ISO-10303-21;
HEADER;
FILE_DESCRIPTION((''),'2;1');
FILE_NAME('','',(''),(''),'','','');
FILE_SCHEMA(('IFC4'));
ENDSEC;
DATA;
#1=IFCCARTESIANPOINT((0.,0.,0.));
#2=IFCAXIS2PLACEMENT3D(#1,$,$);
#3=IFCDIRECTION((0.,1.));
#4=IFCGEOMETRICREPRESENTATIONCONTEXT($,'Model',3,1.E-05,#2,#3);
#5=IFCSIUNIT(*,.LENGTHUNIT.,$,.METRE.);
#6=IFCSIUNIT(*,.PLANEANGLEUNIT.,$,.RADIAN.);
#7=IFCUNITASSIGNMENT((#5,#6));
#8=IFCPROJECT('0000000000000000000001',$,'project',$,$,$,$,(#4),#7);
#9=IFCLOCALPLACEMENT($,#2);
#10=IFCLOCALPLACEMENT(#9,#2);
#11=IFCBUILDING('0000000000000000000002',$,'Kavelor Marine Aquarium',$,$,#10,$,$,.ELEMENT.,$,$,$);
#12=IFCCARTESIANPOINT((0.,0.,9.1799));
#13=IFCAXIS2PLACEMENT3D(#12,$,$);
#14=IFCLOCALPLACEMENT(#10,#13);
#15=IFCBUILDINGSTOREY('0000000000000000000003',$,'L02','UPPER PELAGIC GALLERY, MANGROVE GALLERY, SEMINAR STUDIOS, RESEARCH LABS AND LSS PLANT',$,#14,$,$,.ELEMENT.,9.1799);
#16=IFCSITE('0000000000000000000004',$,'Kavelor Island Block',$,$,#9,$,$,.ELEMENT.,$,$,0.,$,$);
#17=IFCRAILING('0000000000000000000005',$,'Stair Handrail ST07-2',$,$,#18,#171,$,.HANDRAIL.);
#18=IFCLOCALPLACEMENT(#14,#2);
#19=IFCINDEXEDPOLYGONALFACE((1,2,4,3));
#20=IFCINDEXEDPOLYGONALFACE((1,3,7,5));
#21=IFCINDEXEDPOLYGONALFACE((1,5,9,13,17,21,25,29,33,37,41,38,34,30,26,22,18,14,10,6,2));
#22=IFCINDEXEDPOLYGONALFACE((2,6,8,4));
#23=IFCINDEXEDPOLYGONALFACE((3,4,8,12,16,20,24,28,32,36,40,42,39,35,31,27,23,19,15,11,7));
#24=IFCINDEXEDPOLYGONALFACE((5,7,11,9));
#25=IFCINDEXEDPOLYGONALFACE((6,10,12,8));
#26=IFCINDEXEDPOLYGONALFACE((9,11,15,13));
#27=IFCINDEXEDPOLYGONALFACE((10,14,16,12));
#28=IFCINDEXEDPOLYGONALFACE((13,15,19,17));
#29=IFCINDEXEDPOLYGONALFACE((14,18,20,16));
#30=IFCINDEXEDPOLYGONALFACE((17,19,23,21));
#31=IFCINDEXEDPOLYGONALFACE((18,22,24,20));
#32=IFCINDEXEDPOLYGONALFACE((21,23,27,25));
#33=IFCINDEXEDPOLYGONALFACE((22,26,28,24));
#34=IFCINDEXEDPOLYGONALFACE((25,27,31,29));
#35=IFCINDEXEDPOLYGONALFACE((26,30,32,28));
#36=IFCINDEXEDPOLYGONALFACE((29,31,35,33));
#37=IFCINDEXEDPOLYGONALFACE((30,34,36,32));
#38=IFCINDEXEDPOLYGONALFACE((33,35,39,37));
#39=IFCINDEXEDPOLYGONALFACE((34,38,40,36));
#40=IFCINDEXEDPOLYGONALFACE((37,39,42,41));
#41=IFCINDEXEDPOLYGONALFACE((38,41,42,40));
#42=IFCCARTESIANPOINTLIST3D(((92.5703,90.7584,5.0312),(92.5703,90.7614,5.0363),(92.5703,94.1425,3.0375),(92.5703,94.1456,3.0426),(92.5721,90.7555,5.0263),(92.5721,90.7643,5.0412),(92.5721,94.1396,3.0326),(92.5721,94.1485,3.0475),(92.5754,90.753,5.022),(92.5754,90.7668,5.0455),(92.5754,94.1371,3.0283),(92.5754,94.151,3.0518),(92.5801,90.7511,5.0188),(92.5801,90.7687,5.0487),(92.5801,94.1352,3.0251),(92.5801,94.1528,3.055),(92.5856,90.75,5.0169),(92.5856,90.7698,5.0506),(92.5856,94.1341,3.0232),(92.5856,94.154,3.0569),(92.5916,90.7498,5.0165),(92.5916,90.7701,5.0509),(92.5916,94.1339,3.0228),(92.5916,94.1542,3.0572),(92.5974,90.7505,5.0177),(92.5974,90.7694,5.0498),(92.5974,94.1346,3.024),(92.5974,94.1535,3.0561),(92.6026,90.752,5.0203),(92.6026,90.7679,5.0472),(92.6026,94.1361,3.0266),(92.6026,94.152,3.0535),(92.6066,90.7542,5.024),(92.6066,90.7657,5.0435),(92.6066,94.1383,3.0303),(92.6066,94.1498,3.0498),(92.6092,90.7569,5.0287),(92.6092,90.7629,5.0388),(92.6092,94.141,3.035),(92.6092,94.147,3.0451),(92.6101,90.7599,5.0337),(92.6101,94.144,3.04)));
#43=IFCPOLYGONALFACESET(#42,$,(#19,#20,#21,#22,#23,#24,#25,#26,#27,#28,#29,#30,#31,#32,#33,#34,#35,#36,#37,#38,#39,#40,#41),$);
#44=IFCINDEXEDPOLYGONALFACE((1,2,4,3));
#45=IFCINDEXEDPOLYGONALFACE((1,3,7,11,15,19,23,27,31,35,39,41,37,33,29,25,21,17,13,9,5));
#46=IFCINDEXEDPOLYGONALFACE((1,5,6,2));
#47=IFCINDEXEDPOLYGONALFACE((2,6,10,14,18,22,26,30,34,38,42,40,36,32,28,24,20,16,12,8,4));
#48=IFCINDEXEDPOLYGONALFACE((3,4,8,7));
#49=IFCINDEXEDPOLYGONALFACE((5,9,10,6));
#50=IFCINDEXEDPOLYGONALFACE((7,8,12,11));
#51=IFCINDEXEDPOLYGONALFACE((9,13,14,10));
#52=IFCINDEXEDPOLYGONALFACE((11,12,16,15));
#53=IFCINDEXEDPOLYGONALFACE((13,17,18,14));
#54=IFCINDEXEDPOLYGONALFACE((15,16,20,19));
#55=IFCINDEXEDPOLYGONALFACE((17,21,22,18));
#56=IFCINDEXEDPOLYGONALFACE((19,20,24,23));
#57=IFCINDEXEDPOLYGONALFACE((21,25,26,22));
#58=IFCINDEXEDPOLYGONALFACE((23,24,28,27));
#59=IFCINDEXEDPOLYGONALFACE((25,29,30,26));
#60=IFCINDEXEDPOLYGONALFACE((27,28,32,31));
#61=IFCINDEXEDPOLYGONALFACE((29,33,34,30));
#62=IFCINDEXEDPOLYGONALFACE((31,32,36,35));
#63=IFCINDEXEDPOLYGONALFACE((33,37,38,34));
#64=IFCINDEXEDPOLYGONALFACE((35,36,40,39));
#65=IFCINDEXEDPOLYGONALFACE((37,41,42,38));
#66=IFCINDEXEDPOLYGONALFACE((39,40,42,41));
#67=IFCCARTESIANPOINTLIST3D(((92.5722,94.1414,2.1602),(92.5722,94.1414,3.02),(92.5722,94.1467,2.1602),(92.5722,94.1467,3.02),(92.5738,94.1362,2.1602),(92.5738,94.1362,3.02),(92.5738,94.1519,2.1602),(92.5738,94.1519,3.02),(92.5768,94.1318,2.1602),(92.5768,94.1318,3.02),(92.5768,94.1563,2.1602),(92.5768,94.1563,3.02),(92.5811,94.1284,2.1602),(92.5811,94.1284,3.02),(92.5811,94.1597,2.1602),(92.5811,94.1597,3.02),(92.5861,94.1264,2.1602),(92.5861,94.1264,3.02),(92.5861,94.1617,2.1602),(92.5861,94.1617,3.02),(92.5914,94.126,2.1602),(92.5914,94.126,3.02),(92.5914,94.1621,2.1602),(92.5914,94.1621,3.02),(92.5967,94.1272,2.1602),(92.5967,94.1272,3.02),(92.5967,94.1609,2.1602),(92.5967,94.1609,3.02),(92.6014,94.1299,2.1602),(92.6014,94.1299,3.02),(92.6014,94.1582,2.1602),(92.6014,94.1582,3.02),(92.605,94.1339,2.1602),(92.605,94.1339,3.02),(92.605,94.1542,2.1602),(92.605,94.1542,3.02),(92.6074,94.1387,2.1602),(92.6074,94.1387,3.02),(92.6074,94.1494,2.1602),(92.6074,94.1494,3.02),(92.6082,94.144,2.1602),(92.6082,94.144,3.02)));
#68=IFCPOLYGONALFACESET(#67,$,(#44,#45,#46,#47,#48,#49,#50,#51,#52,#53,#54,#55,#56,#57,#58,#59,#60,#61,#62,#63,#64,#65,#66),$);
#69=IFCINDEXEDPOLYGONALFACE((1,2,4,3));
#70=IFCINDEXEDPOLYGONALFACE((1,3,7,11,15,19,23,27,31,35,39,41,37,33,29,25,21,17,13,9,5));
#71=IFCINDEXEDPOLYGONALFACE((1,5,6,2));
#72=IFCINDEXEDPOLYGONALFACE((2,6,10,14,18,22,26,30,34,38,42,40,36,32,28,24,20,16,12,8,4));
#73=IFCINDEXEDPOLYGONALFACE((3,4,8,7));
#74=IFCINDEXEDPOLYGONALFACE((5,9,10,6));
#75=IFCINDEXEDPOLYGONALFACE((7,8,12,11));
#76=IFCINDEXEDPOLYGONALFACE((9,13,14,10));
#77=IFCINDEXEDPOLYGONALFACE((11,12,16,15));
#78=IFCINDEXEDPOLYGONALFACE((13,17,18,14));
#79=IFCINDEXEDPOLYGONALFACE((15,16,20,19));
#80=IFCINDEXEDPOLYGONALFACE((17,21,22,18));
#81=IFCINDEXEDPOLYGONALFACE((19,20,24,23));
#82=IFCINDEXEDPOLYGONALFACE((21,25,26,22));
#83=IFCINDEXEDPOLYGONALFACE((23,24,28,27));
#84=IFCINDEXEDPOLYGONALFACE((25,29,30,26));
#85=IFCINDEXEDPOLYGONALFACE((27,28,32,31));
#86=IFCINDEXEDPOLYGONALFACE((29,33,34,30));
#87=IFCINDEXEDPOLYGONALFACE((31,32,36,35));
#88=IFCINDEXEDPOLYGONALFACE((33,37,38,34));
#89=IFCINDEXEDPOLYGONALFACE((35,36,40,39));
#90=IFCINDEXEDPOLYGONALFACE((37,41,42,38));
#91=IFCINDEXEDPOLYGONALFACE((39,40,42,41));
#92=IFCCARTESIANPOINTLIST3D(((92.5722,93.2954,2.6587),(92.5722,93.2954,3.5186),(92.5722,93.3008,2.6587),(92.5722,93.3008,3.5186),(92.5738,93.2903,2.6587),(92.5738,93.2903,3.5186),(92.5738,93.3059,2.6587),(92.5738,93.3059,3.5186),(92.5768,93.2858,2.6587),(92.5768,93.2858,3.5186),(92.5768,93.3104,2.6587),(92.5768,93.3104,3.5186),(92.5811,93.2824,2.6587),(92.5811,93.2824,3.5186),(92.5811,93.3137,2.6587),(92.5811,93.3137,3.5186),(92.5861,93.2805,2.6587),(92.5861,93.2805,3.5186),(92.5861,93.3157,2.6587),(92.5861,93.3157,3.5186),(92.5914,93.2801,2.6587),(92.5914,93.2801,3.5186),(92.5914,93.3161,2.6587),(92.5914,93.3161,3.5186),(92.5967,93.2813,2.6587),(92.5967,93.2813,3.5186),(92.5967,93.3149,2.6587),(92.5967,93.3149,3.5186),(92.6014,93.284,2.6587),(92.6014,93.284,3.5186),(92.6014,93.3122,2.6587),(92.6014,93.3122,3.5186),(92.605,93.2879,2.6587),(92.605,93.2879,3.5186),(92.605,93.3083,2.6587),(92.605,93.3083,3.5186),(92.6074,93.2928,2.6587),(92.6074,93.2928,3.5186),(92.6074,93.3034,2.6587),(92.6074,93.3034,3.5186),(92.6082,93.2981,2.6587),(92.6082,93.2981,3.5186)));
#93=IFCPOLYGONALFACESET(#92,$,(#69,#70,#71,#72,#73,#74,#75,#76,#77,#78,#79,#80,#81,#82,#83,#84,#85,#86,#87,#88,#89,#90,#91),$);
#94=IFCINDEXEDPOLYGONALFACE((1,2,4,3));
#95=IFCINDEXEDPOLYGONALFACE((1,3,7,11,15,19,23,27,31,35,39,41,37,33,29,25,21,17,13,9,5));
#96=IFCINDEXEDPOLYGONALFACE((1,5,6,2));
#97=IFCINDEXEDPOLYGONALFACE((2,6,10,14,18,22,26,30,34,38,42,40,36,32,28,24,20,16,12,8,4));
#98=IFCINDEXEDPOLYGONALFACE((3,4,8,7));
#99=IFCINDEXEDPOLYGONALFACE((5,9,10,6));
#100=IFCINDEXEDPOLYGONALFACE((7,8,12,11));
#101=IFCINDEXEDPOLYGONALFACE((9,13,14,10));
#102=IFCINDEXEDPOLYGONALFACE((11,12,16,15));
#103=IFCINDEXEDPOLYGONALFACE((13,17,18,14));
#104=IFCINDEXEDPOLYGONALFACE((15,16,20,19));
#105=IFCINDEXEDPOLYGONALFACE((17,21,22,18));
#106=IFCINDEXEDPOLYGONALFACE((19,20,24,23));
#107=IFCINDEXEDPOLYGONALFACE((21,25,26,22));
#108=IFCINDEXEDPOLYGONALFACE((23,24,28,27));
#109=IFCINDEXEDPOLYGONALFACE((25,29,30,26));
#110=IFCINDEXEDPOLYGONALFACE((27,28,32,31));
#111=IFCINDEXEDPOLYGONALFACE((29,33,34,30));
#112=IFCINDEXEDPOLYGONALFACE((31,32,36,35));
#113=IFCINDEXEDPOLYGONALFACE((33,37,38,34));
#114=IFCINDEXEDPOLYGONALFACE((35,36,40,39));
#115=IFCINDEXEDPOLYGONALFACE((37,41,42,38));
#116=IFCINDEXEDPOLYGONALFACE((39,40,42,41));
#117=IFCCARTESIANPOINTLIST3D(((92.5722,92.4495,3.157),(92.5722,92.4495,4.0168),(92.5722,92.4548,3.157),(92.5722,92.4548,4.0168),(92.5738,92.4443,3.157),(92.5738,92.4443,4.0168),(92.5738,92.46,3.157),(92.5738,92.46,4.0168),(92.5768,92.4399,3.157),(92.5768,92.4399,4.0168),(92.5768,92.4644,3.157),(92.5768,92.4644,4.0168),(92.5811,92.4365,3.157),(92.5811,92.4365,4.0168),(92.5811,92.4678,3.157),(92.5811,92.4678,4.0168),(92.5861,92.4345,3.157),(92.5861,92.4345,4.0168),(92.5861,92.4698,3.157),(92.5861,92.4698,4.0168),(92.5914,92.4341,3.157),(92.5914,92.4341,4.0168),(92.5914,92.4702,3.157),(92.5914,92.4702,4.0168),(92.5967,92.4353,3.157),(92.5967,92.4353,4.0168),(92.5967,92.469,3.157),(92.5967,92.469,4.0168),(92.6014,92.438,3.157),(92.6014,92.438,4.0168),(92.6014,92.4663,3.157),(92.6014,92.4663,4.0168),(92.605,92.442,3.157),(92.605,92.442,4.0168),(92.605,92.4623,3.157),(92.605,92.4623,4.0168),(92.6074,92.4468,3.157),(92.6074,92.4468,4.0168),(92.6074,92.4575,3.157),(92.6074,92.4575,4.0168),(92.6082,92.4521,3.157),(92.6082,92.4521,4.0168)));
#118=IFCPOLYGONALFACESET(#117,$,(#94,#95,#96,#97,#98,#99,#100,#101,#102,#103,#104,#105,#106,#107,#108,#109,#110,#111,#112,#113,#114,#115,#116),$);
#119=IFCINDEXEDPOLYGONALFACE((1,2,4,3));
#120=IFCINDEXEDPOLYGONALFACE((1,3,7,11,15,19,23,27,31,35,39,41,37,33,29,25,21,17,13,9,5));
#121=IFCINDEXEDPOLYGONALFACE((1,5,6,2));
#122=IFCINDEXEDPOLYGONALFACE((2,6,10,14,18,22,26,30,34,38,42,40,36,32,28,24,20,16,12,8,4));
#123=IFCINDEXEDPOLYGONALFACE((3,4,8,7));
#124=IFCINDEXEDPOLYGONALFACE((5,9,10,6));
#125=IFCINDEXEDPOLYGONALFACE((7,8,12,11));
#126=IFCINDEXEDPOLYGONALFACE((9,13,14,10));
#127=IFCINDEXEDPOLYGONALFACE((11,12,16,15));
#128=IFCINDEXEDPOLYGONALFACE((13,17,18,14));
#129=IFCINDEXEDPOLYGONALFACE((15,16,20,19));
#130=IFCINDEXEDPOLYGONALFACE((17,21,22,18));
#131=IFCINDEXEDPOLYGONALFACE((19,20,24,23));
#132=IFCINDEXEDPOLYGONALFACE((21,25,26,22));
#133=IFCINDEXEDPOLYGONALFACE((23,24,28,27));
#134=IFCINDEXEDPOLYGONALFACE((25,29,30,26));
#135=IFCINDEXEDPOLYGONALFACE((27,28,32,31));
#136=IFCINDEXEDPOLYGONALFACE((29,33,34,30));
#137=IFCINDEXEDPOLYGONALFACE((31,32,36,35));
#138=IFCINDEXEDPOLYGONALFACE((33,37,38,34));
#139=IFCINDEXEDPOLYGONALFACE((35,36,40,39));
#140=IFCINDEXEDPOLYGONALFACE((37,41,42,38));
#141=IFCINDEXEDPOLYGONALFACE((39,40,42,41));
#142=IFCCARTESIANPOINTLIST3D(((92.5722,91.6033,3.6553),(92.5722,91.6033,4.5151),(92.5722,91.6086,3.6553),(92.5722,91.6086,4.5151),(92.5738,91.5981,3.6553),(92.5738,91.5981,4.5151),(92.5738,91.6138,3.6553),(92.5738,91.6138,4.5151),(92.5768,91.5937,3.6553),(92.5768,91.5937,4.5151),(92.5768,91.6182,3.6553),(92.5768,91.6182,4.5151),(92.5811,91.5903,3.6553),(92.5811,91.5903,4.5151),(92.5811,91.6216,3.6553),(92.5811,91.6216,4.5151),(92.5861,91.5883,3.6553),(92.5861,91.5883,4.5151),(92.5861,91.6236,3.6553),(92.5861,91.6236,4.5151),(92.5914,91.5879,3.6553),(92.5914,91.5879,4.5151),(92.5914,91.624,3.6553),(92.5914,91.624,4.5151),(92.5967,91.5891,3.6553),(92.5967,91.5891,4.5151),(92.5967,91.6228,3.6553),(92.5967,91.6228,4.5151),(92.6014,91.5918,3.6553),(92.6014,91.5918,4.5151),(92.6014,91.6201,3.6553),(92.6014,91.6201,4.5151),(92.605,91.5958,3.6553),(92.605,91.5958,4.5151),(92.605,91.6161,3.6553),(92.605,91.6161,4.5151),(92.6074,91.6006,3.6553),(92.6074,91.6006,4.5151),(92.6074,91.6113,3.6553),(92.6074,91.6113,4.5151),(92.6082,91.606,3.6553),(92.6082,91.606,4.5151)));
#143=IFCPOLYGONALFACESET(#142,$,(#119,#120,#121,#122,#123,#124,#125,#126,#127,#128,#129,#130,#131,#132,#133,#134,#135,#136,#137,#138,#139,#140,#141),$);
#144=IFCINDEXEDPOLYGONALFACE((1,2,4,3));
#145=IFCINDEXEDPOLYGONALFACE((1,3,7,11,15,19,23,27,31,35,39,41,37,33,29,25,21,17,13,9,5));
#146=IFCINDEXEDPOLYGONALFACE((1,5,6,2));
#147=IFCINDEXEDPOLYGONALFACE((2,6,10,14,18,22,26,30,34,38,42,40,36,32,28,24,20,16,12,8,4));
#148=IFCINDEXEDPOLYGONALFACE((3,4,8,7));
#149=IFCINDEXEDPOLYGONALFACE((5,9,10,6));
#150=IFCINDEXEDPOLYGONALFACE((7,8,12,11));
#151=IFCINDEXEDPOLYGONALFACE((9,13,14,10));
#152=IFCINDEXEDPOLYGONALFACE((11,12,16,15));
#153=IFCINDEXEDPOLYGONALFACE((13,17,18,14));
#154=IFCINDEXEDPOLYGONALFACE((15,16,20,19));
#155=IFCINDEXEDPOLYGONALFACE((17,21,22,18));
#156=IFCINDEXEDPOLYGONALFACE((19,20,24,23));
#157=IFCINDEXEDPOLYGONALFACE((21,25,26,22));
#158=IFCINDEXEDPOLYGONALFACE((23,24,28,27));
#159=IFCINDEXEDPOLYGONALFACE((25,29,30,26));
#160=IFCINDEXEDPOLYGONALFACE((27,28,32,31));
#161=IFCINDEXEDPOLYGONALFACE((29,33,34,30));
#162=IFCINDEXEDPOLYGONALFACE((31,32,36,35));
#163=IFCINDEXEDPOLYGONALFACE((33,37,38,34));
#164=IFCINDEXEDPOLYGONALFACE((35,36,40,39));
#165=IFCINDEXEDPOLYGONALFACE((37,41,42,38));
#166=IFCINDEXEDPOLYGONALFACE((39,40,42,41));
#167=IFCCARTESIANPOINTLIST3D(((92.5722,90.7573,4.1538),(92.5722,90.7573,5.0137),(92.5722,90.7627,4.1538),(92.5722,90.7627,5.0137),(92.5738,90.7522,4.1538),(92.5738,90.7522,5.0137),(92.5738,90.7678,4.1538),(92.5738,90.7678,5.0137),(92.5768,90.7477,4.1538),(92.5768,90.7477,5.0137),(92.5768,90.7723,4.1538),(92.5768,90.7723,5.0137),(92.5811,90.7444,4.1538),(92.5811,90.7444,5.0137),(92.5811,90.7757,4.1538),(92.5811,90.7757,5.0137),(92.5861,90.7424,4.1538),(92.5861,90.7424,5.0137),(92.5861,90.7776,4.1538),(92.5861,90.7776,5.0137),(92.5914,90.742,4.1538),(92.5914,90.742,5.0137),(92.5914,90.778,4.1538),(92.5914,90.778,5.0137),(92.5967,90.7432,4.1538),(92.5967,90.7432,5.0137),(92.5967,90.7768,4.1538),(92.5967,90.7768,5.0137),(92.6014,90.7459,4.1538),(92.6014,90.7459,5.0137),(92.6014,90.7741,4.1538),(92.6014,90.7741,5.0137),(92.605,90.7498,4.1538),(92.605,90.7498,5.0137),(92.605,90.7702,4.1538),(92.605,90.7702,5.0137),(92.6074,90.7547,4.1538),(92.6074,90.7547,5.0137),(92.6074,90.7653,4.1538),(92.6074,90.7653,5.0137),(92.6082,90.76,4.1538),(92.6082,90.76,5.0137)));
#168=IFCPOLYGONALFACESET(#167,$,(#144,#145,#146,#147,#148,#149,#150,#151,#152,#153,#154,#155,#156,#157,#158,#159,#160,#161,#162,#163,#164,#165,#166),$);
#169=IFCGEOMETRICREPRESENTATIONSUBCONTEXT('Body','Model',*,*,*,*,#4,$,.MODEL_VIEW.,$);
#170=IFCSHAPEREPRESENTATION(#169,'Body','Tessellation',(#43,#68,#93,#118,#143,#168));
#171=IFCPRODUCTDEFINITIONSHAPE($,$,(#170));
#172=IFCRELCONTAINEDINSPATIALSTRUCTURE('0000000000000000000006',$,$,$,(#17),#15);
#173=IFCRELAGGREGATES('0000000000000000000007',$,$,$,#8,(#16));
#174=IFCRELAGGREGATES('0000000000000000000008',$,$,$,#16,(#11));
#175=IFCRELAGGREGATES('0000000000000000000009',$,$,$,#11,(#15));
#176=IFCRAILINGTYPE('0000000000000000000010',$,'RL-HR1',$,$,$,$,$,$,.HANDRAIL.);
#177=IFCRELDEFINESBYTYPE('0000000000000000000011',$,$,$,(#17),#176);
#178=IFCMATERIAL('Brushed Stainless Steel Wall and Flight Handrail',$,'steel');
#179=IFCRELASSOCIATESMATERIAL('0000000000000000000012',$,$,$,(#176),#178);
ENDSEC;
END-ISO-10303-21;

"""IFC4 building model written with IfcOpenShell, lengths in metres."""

from ifc_helpers import new_model, si_unit, direction, frame, origin, origin_2d, place, context, subcontext, project, spatial, circle, extrude, material, type_object, element, save


model = new_model("IFC4")

# Units and contexts
model_context = context("Model", 3, precision=1e-05, world=origin(), true_north=direction((0.0, 1.0)))
body_context = subcontext(model_context, "Body", "Model", "MODEL_VIEW")
ifc_project = project(units=[si_unit("LENGTHUNIT", "METRE"), si_unit("PLANEANGLEUNIT", "RADIAN")], contexts=[model_context])

# Site, building, storey
site_placement = place(None, origin())
site = spatial("IfcSite", under=ifc_project, at=site_placement, Name="Kavelor Island Block", CompositionType="ELEMENT", RefElevation=0.0)
building_placement = place(site_placement, origin())
building = spatial("IfcBuilding", under=site, at=building_placement, Name="Kavelor Marine Aquarium", CompositionType="ELEMENT")
storey_placement = place(building_placement, frame((0.0, 0.0, 9.1799)))
storey = spatial("IfcBuildingStorey", under=building, at=storey_placement, Name="L02", Description="UPPER PELAGIC GALLERY, MANGROVE GALLERY, SEMINAR STUDIOS, RESEARCH LABS AND LSS PLANT", CompositionType="ELEMENT", Elevation=9.1799)

# Railing
ifc_material_1 = material(Name="Brushed Stainless Steel Wall and Flight Handrail", Category="steel")
railing_type_1 = type_object("IfcRailingType", Name="RL-HR1", PredefinedType="HANDRAIL", material=ifc_material_1)
railing_1_placement = place(storey_placement, frame((92.5901, 94.144, 2.1602)))
element("IfcRailing", 1, at=railing_1_placement, inside=storey, type_object=railing_type_1, Name="Stair Handrail ST07-2", PredefinedType="HANDRAIL", context=body_context, shape_type="SweptSolid", body=[
    extrude(circle(Radius=0.02, at=origin_2d()), frame((0.0, 0.0, 0.8799), z_axis=(0.0, -0.861595, 0.507596), x_axis=(1.0, 0.0, 0.0)), (0.0, 0.0, 1.0), 3.9277),
    extrude(circle(Radius=0.0181, at=origin_2d()), origin(), (0.0, 0.0, 1.0), 0.8599),
    extrude(circle(Radius=0.0181, at=origin_2d()), frame((0.0, -0.8459, 0.4985)), (0.0, 0.0, 1.0), 0.8599),
    extrude(circle(Radius=0.0181, at=origin_2d()), frame((0.0, -1.6919, 0.9968)), (0.0, 0.0, 1.0), 0.8599),
    extrude(circle(Radius=0.0181, at=origin_2d()), frame((0.0, -2.5381, 1.4951)), (0.0, 0.0, 1.0), 0.8599),
    extrude(circle(Radius=0.0181, at=origin_2d()), frame((0.0, -3.384, 1.9937)), (0.0, 0.0, 1.0), 0.8599),
])

save(model, "model.ifc")
